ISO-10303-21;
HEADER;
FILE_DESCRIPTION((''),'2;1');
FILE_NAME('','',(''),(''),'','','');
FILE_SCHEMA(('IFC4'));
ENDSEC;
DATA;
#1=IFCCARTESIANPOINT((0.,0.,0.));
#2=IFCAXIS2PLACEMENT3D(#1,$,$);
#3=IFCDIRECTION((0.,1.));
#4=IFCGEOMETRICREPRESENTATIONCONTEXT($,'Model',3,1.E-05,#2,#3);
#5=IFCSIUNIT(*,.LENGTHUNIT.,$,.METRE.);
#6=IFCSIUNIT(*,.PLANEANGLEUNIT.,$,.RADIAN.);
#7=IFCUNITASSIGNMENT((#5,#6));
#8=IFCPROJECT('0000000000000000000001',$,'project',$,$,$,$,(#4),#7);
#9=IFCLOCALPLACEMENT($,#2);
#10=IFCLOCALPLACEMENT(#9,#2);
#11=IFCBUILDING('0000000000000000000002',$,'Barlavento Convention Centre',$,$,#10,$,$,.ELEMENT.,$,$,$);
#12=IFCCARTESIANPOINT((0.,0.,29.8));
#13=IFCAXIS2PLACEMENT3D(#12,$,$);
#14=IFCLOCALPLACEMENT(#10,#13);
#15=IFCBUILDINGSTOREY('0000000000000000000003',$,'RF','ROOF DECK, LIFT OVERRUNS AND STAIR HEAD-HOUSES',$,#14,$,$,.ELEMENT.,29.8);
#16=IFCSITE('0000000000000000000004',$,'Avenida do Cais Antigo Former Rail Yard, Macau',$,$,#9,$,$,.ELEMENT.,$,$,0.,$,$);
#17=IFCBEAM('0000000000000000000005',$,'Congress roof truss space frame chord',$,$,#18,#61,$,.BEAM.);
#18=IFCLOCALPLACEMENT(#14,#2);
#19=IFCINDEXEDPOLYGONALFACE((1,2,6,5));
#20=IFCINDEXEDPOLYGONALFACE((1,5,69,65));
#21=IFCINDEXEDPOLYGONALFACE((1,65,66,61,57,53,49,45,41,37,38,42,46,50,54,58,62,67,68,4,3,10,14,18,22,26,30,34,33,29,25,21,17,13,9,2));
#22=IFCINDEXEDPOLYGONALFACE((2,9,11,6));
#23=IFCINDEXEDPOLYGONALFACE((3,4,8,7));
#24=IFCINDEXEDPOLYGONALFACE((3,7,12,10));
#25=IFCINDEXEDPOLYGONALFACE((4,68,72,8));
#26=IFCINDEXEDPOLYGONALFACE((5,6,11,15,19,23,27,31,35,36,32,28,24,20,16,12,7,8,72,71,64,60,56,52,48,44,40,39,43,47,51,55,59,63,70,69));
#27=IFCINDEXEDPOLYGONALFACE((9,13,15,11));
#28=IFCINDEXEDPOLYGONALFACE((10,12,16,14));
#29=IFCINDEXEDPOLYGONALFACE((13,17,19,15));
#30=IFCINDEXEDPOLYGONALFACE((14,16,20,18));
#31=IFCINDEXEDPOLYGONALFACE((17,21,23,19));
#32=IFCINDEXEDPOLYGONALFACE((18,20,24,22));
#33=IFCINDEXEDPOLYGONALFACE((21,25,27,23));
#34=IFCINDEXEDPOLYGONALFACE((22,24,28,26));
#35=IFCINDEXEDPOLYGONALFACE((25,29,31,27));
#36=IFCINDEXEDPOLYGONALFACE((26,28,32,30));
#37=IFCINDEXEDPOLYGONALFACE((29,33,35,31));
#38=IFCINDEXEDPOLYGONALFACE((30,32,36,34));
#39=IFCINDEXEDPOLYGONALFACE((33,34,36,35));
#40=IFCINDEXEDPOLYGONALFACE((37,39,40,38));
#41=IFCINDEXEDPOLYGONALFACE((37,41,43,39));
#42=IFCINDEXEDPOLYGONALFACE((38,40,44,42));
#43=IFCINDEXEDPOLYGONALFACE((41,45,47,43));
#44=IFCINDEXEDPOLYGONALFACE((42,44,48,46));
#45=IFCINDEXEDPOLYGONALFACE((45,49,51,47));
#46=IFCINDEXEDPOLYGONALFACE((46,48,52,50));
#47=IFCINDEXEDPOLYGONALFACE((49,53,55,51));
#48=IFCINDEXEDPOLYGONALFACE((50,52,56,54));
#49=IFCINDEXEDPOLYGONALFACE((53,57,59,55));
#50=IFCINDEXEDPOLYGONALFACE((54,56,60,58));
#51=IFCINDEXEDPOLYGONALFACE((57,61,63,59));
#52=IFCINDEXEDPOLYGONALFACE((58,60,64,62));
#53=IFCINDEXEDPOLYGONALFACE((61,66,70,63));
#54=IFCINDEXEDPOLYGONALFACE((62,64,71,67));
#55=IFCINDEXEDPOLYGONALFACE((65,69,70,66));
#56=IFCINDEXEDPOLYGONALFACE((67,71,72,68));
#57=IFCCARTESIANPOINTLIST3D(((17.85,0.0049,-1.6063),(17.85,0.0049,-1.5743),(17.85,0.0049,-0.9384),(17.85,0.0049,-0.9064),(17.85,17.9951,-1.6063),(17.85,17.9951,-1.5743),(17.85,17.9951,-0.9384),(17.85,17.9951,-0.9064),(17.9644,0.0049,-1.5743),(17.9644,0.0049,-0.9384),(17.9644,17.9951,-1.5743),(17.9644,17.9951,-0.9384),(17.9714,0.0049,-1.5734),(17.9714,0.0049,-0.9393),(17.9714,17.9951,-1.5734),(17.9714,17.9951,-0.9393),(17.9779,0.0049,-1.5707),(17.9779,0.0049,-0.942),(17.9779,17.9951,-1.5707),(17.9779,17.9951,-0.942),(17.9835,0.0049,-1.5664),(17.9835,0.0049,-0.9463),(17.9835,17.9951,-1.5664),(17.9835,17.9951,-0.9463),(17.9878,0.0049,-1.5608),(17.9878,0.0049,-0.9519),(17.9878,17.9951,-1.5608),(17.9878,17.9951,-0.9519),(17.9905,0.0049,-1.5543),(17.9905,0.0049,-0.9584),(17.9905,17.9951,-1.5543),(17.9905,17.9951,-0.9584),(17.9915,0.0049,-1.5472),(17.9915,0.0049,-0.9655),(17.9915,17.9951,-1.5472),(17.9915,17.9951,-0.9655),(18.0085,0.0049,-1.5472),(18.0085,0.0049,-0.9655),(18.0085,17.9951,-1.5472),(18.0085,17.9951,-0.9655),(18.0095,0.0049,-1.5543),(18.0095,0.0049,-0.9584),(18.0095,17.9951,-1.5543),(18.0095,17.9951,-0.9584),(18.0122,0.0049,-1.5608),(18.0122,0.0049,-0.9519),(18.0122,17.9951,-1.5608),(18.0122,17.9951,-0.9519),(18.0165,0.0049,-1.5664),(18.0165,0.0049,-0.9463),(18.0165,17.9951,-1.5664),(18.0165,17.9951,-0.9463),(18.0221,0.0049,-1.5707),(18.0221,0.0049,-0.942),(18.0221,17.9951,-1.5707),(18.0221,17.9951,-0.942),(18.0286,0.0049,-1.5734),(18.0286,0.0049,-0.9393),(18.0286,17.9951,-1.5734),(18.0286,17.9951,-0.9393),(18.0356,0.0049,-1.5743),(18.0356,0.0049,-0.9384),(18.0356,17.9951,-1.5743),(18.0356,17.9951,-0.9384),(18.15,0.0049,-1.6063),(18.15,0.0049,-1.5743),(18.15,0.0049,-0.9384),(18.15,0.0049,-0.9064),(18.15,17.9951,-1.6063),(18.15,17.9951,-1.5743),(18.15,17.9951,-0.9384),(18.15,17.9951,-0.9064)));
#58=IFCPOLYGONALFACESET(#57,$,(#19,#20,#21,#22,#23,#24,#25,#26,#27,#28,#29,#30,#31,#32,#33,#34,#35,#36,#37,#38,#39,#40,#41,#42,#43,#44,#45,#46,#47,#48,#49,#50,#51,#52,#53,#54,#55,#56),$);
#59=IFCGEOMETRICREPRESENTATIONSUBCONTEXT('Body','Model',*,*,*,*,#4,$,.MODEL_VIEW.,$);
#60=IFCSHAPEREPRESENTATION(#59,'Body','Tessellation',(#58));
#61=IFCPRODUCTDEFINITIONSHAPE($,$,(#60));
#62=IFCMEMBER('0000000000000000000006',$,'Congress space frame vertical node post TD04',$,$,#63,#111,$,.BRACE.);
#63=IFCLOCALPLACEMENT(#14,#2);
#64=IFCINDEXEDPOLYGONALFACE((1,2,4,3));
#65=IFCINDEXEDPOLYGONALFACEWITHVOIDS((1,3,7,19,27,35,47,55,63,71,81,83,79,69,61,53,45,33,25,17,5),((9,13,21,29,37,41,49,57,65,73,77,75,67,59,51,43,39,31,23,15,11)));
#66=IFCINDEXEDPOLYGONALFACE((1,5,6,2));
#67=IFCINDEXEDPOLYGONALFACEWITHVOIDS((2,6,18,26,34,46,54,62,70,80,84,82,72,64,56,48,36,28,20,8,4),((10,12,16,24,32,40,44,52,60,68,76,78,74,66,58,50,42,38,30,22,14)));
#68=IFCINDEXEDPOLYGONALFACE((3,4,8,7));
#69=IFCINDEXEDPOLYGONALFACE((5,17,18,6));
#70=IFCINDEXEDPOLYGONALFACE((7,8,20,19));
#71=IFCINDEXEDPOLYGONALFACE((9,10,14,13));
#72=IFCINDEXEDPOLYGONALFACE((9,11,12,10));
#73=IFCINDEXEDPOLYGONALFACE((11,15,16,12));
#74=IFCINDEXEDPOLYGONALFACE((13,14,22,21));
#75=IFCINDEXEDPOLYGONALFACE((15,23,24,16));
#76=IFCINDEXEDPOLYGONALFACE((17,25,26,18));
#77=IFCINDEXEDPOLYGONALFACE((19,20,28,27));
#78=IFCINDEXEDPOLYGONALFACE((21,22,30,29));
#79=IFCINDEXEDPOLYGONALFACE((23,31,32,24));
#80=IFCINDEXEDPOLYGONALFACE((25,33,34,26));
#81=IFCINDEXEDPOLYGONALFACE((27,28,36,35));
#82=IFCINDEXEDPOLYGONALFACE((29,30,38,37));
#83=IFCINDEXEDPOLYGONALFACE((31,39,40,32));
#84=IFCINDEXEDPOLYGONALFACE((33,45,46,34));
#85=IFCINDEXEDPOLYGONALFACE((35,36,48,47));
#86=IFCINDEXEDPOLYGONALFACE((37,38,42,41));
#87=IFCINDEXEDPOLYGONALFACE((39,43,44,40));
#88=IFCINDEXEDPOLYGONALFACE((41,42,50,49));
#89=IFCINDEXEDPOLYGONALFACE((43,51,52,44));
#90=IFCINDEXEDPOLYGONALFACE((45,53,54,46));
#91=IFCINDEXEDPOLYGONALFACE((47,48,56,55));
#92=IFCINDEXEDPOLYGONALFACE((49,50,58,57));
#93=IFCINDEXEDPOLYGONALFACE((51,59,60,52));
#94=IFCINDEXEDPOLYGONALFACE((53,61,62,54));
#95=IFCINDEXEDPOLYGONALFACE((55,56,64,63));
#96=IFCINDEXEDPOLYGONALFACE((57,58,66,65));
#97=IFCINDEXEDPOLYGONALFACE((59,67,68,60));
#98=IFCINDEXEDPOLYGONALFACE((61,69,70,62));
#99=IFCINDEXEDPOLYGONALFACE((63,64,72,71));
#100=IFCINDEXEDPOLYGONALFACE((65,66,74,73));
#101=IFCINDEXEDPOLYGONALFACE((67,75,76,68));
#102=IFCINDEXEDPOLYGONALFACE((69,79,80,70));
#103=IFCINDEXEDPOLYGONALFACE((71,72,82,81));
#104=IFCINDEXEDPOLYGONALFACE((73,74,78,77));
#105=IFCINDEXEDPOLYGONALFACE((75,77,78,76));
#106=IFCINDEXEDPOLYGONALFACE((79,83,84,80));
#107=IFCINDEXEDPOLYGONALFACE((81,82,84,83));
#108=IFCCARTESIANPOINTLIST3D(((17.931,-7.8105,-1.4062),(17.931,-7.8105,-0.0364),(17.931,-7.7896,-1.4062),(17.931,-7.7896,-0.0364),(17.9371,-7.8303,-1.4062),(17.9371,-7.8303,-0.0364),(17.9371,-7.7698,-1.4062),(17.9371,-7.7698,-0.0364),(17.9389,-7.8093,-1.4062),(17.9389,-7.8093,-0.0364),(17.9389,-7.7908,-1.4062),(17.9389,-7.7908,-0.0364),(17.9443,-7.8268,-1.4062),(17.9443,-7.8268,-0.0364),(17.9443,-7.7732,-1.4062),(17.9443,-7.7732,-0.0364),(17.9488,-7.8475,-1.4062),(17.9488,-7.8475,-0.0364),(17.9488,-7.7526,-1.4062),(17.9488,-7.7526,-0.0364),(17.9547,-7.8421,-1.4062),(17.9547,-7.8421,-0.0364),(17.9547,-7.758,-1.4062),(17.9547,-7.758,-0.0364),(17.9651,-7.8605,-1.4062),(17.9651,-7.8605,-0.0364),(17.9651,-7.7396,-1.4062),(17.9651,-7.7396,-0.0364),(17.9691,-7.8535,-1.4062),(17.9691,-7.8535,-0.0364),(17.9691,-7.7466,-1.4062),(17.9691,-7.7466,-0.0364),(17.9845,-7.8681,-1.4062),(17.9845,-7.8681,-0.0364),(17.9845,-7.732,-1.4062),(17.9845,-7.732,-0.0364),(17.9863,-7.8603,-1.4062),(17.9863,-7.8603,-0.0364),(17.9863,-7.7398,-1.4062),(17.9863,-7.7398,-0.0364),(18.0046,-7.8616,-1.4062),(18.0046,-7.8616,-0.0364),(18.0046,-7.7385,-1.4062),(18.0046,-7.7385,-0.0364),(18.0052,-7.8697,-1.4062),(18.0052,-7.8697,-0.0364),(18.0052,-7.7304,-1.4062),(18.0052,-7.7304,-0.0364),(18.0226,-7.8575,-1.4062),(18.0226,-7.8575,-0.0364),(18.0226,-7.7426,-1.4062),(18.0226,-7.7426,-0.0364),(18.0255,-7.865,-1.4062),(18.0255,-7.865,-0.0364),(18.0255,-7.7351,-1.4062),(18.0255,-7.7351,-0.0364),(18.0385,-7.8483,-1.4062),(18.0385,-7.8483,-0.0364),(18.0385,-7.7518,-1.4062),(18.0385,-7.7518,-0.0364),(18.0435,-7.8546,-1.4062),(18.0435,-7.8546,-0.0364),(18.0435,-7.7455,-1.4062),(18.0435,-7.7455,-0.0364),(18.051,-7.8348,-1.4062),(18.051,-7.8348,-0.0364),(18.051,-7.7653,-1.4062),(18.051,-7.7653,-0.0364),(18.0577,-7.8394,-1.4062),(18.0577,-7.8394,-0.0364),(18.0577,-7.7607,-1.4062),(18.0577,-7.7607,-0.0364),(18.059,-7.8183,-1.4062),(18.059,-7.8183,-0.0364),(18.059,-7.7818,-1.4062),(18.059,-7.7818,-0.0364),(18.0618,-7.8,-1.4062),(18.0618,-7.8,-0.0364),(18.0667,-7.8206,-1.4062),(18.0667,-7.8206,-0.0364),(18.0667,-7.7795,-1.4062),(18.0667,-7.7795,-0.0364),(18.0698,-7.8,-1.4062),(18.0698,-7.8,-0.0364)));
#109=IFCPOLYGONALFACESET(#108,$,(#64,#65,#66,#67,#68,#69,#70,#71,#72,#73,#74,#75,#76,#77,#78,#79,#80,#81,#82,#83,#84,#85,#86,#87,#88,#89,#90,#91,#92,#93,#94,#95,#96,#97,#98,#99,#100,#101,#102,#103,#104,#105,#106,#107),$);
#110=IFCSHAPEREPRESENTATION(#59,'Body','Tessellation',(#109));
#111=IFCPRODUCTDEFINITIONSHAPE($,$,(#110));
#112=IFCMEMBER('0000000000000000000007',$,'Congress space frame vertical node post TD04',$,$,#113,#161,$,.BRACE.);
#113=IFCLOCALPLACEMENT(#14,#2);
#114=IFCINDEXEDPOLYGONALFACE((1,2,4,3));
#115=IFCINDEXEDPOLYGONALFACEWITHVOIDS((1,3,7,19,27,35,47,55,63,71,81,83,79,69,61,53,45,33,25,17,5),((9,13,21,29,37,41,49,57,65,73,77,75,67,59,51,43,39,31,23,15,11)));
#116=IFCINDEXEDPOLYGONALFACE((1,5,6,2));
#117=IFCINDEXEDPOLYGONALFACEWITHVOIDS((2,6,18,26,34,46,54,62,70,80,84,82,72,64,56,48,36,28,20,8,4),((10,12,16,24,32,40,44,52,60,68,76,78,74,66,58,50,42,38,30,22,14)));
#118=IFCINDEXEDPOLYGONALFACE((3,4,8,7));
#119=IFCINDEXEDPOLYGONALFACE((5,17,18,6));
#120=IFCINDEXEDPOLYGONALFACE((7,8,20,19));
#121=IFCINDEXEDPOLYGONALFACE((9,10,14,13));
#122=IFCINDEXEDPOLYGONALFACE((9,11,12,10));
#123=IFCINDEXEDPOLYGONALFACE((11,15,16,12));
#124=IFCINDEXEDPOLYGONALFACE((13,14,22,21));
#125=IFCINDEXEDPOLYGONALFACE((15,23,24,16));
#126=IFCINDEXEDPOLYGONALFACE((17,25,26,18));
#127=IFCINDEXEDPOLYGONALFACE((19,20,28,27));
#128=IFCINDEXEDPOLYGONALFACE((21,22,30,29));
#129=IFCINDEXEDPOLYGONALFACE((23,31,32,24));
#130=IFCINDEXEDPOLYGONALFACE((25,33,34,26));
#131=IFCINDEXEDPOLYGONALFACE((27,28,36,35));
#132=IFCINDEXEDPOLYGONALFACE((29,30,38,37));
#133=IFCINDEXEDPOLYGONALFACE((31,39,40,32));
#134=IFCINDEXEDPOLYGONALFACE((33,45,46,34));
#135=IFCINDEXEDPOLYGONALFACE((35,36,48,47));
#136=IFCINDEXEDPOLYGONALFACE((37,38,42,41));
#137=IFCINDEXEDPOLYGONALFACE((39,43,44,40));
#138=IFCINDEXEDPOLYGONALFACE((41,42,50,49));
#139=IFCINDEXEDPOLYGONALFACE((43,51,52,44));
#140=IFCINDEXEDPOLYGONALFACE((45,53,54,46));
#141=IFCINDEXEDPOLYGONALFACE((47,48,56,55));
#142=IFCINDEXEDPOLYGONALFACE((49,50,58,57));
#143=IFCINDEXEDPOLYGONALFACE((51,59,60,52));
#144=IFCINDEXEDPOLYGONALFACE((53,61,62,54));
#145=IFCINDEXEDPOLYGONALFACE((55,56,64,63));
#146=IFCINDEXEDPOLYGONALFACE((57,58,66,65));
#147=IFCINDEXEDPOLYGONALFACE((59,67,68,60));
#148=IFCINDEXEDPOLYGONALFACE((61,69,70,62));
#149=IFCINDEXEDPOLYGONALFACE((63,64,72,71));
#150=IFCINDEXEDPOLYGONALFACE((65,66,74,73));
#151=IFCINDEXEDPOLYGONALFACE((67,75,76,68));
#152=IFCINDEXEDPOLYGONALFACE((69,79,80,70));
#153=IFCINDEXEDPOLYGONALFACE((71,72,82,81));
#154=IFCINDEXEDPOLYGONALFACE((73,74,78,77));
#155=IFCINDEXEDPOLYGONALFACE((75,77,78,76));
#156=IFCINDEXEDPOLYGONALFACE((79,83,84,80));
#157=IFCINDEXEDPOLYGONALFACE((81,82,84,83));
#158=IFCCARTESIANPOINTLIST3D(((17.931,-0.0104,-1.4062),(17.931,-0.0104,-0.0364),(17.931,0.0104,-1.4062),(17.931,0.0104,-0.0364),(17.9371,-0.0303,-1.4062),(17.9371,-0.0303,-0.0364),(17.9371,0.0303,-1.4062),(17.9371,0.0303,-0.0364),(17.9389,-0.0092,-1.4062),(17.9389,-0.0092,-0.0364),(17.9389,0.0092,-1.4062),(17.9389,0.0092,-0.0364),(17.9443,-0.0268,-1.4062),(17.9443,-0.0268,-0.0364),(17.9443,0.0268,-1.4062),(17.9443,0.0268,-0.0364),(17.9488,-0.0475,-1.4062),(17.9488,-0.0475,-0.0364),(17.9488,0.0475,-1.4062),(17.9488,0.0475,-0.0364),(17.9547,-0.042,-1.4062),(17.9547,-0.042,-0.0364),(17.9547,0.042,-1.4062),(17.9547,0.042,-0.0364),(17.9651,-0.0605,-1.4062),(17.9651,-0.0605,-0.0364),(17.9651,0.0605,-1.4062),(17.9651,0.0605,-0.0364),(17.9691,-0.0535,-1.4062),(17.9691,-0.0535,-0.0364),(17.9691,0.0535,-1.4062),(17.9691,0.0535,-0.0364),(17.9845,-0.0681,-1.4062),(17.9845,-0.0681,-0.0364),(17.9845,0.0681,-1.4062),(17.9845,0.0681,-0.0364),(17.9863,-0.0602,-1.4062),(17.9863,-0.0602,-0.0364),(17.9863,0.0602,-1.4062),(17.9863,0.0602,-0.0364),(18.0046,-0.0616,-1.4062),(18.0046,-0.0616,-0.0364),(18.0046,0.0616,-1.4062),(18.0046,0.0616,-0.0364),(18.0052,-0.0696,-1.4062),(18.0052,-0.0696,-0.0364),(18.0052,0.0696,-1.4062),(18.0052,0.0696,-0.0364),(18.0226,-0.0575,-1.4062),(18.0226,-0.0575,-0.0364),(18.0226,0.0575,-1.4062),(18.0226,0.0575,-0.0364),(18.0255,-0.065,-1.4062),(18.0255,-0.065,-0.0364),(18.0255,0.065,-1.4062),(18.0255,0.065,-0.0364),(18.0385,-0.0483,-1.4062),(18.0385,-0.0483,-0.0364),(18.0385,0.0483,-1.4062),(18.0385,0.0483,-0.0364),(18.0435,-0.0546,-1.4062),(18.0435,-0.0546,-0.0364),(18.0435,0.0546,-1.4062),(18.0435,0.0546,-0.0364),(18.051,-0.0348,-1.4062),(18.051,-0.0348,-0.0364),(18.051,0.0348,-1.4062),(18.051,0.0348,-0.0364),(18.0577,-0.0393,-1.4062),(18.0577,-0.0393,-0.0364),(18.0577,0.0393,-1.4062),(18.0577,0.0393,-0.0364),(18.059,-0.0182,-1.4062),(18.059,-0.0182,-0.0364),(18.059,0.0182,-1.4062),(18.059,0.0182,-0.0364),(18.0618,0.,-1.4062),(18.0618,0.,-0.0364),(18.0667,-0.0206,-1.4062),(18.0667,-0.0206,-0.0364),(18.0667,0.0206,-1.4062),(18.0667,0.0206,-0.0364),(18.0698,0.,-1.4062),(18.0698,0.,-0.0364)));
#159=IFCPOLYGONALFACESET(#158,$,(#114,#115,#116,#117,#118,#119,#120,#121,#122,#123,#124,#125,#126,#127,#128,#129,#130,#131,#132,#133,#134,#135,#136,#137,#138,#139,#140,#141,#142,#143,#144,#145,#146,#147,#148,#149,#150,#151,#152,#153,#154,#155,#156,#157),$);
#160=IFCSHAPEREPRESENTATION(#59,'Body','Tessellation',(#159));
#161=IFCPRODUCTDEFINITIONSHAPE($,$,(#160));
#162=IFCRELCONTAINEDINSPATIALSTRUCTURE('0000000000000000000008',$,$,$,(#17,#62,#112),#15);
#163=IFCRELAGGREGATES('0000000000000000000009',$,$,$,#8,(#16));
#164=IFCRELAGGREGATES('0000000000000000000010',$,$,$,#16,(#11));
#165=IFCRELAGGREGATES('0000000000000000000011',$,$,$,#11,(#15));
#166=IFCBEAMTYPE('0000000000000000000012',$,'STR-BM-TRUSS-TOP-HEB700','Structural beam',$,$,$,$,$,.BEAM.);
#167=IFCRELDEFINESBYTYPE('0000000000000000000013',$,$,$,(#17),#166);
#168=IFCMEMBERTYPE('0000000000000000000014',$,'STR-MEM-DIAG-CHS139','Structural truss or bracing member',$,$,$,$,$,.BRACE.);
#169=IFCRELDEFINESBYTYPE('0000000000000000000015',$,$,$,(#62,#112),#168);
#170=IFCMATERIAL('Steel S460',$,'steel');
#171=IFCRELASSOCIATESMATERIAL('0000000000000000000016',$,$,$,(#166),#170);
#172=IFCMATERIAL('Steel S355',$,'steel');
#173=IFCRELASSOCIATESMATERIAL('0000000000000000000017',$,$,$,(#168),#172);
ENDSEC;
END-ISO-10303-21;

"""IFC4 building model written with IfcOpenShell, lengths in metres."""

from ifc_helpers import new_model, si_unit, direction, frame, origin, origin_2d, place, context, subcontext, project, spatial, hollow_circle, i_section, extrude, material, material_profile, profile_set, type_object, element, save


model = new_model("IFC4")

# Units and contexts
model_context = context("Model", 3, precision=1e-05, world=origin(), true_north=direction((0.0, 1.0)))
body_context = subcontext(model_context, "Body", "Model", "MODEL_VIEW")
ifc_project = project(units=[si_unit("LENGTHUNIT", "METRE"), si_unit("PLANEANGLEUNIT", "RADIAN")], contexts=[model_context])

# Site, building, storey
site_placement = place(None, origin())
site = spatial("IfcSite", under=ifc_project, at=site_placement, Name="Avenida do Cais Antigo Former Rail Yard, Macau", CompositionType="ELEMENT", RefElevation=0.0)
building_placement = place(site_placement, origin())
building = spatial("IfcBuilding", under=site, at=building_placement, Name="Barlavento Convention Centre", CompositionType="ELEMENT")
storey_placement = place(building_placement, frame((0.0, 0.0, 29.8)))
storey = spatial("IfcBuildingStorey", under=building, at=storey_placement, Name="RF", Description="ROOF DECK, LIFT OVERRUNS AND STAIR HEAD-HOUSES", CompositionType="ELEMENT", Elevation=29.8)

# Beam
ifc_material_1 = material(Name="Steel S355", Category="steel")
ifc_material_2 = material(Name="Steel S460", Category="steel")
ifc_material_profile_1 = material_profile(ifc_material_2, i_section(OverallWidth=0.3, OverallDepth=0.7, WebThickness=0.0171, FlangeThickness=0.032, FilletRadius=0.0271, at=origin_2d()), Name="HEB 700")
ifc_profile_set_1 = profile_set([ifc_material_profile_1], Name="Steel S460")
beam_type_1 = type_object("IfcBeamType", Name="STR-BM-TRUSS-TOP-HEB700", Description="Structural beam", PredefinedType="BEAM", material=ifc_profile_set_1)
beam_1_placement = place(storey_placement, frame((18.0, 0.0049, -1.2563), z_axis=(0.0, 1.0, 0.0), x_axis=(-1.0, 0.0, 0.0)))
element("IfcBeam", 1, at=beam_1_placement, inside=storey, type_object=beam_type_1, Name="Congress roof truss space frame chord", PredefinedType="BEAM", context=body_context, shape_type="SweptSolid", body=[
    extrude(i_section(OverallWidth=0.3, OverallDepth=0.7, WebThickness=0.0171, FlangeThickness=0.032, FilletRadius=0.0271, at=origin_2d()), origin(), (0.0, 0.0, 1.0), 17.9902),
])

# Members
ifc_material_profile_2 = material_profile(ifc_material_1, hollow_circle(Radius=0.0698, WallThickness=0.0081, at=origin_2d()), Name="CHS 139.7x8.0")
ifc_profile_set_2 = profile_set([ifc_material_profile_2], Name="Steel S355")
member_type_1 = type_object("IfcMemberType", Name="STR-MEM-DIAG-CHS139", Description="Structural truss or bracing member", PredefinedType="BRACE", material=ifc_profile_set_2)
for number, where, z_axis, x_axis, name in (
    (2, (18.0, -7.8, -1.4062), (0.0, 0.0, 1.0), (1.0, 0.0, 0.0), "Congress space frame vertical node post TD04"),
    (3, (18.0, 0.0, -1.4062), (0.0, 0.0, 1.0), (1.0, 0.0, 0.0), "Congress space frame vertical node post TD04"),
):
    element("IfcMember", number, at=place(storey_placement, frame(where, z_axis=z_axis, x_axis=x_axis)), inside=storey, type_object=member_type_1, Name=name, PredefinedType="BRACE", context=body_context, shape_type="SweptSolid", body=[
        extrude(hollow_circle(Radius=0.0698, WallThickness=0.0081, at=origin_2d()), origin(), (0.0, 0.0, 1.0), 1.3699),
    ])

save(model, "model.ifc")
